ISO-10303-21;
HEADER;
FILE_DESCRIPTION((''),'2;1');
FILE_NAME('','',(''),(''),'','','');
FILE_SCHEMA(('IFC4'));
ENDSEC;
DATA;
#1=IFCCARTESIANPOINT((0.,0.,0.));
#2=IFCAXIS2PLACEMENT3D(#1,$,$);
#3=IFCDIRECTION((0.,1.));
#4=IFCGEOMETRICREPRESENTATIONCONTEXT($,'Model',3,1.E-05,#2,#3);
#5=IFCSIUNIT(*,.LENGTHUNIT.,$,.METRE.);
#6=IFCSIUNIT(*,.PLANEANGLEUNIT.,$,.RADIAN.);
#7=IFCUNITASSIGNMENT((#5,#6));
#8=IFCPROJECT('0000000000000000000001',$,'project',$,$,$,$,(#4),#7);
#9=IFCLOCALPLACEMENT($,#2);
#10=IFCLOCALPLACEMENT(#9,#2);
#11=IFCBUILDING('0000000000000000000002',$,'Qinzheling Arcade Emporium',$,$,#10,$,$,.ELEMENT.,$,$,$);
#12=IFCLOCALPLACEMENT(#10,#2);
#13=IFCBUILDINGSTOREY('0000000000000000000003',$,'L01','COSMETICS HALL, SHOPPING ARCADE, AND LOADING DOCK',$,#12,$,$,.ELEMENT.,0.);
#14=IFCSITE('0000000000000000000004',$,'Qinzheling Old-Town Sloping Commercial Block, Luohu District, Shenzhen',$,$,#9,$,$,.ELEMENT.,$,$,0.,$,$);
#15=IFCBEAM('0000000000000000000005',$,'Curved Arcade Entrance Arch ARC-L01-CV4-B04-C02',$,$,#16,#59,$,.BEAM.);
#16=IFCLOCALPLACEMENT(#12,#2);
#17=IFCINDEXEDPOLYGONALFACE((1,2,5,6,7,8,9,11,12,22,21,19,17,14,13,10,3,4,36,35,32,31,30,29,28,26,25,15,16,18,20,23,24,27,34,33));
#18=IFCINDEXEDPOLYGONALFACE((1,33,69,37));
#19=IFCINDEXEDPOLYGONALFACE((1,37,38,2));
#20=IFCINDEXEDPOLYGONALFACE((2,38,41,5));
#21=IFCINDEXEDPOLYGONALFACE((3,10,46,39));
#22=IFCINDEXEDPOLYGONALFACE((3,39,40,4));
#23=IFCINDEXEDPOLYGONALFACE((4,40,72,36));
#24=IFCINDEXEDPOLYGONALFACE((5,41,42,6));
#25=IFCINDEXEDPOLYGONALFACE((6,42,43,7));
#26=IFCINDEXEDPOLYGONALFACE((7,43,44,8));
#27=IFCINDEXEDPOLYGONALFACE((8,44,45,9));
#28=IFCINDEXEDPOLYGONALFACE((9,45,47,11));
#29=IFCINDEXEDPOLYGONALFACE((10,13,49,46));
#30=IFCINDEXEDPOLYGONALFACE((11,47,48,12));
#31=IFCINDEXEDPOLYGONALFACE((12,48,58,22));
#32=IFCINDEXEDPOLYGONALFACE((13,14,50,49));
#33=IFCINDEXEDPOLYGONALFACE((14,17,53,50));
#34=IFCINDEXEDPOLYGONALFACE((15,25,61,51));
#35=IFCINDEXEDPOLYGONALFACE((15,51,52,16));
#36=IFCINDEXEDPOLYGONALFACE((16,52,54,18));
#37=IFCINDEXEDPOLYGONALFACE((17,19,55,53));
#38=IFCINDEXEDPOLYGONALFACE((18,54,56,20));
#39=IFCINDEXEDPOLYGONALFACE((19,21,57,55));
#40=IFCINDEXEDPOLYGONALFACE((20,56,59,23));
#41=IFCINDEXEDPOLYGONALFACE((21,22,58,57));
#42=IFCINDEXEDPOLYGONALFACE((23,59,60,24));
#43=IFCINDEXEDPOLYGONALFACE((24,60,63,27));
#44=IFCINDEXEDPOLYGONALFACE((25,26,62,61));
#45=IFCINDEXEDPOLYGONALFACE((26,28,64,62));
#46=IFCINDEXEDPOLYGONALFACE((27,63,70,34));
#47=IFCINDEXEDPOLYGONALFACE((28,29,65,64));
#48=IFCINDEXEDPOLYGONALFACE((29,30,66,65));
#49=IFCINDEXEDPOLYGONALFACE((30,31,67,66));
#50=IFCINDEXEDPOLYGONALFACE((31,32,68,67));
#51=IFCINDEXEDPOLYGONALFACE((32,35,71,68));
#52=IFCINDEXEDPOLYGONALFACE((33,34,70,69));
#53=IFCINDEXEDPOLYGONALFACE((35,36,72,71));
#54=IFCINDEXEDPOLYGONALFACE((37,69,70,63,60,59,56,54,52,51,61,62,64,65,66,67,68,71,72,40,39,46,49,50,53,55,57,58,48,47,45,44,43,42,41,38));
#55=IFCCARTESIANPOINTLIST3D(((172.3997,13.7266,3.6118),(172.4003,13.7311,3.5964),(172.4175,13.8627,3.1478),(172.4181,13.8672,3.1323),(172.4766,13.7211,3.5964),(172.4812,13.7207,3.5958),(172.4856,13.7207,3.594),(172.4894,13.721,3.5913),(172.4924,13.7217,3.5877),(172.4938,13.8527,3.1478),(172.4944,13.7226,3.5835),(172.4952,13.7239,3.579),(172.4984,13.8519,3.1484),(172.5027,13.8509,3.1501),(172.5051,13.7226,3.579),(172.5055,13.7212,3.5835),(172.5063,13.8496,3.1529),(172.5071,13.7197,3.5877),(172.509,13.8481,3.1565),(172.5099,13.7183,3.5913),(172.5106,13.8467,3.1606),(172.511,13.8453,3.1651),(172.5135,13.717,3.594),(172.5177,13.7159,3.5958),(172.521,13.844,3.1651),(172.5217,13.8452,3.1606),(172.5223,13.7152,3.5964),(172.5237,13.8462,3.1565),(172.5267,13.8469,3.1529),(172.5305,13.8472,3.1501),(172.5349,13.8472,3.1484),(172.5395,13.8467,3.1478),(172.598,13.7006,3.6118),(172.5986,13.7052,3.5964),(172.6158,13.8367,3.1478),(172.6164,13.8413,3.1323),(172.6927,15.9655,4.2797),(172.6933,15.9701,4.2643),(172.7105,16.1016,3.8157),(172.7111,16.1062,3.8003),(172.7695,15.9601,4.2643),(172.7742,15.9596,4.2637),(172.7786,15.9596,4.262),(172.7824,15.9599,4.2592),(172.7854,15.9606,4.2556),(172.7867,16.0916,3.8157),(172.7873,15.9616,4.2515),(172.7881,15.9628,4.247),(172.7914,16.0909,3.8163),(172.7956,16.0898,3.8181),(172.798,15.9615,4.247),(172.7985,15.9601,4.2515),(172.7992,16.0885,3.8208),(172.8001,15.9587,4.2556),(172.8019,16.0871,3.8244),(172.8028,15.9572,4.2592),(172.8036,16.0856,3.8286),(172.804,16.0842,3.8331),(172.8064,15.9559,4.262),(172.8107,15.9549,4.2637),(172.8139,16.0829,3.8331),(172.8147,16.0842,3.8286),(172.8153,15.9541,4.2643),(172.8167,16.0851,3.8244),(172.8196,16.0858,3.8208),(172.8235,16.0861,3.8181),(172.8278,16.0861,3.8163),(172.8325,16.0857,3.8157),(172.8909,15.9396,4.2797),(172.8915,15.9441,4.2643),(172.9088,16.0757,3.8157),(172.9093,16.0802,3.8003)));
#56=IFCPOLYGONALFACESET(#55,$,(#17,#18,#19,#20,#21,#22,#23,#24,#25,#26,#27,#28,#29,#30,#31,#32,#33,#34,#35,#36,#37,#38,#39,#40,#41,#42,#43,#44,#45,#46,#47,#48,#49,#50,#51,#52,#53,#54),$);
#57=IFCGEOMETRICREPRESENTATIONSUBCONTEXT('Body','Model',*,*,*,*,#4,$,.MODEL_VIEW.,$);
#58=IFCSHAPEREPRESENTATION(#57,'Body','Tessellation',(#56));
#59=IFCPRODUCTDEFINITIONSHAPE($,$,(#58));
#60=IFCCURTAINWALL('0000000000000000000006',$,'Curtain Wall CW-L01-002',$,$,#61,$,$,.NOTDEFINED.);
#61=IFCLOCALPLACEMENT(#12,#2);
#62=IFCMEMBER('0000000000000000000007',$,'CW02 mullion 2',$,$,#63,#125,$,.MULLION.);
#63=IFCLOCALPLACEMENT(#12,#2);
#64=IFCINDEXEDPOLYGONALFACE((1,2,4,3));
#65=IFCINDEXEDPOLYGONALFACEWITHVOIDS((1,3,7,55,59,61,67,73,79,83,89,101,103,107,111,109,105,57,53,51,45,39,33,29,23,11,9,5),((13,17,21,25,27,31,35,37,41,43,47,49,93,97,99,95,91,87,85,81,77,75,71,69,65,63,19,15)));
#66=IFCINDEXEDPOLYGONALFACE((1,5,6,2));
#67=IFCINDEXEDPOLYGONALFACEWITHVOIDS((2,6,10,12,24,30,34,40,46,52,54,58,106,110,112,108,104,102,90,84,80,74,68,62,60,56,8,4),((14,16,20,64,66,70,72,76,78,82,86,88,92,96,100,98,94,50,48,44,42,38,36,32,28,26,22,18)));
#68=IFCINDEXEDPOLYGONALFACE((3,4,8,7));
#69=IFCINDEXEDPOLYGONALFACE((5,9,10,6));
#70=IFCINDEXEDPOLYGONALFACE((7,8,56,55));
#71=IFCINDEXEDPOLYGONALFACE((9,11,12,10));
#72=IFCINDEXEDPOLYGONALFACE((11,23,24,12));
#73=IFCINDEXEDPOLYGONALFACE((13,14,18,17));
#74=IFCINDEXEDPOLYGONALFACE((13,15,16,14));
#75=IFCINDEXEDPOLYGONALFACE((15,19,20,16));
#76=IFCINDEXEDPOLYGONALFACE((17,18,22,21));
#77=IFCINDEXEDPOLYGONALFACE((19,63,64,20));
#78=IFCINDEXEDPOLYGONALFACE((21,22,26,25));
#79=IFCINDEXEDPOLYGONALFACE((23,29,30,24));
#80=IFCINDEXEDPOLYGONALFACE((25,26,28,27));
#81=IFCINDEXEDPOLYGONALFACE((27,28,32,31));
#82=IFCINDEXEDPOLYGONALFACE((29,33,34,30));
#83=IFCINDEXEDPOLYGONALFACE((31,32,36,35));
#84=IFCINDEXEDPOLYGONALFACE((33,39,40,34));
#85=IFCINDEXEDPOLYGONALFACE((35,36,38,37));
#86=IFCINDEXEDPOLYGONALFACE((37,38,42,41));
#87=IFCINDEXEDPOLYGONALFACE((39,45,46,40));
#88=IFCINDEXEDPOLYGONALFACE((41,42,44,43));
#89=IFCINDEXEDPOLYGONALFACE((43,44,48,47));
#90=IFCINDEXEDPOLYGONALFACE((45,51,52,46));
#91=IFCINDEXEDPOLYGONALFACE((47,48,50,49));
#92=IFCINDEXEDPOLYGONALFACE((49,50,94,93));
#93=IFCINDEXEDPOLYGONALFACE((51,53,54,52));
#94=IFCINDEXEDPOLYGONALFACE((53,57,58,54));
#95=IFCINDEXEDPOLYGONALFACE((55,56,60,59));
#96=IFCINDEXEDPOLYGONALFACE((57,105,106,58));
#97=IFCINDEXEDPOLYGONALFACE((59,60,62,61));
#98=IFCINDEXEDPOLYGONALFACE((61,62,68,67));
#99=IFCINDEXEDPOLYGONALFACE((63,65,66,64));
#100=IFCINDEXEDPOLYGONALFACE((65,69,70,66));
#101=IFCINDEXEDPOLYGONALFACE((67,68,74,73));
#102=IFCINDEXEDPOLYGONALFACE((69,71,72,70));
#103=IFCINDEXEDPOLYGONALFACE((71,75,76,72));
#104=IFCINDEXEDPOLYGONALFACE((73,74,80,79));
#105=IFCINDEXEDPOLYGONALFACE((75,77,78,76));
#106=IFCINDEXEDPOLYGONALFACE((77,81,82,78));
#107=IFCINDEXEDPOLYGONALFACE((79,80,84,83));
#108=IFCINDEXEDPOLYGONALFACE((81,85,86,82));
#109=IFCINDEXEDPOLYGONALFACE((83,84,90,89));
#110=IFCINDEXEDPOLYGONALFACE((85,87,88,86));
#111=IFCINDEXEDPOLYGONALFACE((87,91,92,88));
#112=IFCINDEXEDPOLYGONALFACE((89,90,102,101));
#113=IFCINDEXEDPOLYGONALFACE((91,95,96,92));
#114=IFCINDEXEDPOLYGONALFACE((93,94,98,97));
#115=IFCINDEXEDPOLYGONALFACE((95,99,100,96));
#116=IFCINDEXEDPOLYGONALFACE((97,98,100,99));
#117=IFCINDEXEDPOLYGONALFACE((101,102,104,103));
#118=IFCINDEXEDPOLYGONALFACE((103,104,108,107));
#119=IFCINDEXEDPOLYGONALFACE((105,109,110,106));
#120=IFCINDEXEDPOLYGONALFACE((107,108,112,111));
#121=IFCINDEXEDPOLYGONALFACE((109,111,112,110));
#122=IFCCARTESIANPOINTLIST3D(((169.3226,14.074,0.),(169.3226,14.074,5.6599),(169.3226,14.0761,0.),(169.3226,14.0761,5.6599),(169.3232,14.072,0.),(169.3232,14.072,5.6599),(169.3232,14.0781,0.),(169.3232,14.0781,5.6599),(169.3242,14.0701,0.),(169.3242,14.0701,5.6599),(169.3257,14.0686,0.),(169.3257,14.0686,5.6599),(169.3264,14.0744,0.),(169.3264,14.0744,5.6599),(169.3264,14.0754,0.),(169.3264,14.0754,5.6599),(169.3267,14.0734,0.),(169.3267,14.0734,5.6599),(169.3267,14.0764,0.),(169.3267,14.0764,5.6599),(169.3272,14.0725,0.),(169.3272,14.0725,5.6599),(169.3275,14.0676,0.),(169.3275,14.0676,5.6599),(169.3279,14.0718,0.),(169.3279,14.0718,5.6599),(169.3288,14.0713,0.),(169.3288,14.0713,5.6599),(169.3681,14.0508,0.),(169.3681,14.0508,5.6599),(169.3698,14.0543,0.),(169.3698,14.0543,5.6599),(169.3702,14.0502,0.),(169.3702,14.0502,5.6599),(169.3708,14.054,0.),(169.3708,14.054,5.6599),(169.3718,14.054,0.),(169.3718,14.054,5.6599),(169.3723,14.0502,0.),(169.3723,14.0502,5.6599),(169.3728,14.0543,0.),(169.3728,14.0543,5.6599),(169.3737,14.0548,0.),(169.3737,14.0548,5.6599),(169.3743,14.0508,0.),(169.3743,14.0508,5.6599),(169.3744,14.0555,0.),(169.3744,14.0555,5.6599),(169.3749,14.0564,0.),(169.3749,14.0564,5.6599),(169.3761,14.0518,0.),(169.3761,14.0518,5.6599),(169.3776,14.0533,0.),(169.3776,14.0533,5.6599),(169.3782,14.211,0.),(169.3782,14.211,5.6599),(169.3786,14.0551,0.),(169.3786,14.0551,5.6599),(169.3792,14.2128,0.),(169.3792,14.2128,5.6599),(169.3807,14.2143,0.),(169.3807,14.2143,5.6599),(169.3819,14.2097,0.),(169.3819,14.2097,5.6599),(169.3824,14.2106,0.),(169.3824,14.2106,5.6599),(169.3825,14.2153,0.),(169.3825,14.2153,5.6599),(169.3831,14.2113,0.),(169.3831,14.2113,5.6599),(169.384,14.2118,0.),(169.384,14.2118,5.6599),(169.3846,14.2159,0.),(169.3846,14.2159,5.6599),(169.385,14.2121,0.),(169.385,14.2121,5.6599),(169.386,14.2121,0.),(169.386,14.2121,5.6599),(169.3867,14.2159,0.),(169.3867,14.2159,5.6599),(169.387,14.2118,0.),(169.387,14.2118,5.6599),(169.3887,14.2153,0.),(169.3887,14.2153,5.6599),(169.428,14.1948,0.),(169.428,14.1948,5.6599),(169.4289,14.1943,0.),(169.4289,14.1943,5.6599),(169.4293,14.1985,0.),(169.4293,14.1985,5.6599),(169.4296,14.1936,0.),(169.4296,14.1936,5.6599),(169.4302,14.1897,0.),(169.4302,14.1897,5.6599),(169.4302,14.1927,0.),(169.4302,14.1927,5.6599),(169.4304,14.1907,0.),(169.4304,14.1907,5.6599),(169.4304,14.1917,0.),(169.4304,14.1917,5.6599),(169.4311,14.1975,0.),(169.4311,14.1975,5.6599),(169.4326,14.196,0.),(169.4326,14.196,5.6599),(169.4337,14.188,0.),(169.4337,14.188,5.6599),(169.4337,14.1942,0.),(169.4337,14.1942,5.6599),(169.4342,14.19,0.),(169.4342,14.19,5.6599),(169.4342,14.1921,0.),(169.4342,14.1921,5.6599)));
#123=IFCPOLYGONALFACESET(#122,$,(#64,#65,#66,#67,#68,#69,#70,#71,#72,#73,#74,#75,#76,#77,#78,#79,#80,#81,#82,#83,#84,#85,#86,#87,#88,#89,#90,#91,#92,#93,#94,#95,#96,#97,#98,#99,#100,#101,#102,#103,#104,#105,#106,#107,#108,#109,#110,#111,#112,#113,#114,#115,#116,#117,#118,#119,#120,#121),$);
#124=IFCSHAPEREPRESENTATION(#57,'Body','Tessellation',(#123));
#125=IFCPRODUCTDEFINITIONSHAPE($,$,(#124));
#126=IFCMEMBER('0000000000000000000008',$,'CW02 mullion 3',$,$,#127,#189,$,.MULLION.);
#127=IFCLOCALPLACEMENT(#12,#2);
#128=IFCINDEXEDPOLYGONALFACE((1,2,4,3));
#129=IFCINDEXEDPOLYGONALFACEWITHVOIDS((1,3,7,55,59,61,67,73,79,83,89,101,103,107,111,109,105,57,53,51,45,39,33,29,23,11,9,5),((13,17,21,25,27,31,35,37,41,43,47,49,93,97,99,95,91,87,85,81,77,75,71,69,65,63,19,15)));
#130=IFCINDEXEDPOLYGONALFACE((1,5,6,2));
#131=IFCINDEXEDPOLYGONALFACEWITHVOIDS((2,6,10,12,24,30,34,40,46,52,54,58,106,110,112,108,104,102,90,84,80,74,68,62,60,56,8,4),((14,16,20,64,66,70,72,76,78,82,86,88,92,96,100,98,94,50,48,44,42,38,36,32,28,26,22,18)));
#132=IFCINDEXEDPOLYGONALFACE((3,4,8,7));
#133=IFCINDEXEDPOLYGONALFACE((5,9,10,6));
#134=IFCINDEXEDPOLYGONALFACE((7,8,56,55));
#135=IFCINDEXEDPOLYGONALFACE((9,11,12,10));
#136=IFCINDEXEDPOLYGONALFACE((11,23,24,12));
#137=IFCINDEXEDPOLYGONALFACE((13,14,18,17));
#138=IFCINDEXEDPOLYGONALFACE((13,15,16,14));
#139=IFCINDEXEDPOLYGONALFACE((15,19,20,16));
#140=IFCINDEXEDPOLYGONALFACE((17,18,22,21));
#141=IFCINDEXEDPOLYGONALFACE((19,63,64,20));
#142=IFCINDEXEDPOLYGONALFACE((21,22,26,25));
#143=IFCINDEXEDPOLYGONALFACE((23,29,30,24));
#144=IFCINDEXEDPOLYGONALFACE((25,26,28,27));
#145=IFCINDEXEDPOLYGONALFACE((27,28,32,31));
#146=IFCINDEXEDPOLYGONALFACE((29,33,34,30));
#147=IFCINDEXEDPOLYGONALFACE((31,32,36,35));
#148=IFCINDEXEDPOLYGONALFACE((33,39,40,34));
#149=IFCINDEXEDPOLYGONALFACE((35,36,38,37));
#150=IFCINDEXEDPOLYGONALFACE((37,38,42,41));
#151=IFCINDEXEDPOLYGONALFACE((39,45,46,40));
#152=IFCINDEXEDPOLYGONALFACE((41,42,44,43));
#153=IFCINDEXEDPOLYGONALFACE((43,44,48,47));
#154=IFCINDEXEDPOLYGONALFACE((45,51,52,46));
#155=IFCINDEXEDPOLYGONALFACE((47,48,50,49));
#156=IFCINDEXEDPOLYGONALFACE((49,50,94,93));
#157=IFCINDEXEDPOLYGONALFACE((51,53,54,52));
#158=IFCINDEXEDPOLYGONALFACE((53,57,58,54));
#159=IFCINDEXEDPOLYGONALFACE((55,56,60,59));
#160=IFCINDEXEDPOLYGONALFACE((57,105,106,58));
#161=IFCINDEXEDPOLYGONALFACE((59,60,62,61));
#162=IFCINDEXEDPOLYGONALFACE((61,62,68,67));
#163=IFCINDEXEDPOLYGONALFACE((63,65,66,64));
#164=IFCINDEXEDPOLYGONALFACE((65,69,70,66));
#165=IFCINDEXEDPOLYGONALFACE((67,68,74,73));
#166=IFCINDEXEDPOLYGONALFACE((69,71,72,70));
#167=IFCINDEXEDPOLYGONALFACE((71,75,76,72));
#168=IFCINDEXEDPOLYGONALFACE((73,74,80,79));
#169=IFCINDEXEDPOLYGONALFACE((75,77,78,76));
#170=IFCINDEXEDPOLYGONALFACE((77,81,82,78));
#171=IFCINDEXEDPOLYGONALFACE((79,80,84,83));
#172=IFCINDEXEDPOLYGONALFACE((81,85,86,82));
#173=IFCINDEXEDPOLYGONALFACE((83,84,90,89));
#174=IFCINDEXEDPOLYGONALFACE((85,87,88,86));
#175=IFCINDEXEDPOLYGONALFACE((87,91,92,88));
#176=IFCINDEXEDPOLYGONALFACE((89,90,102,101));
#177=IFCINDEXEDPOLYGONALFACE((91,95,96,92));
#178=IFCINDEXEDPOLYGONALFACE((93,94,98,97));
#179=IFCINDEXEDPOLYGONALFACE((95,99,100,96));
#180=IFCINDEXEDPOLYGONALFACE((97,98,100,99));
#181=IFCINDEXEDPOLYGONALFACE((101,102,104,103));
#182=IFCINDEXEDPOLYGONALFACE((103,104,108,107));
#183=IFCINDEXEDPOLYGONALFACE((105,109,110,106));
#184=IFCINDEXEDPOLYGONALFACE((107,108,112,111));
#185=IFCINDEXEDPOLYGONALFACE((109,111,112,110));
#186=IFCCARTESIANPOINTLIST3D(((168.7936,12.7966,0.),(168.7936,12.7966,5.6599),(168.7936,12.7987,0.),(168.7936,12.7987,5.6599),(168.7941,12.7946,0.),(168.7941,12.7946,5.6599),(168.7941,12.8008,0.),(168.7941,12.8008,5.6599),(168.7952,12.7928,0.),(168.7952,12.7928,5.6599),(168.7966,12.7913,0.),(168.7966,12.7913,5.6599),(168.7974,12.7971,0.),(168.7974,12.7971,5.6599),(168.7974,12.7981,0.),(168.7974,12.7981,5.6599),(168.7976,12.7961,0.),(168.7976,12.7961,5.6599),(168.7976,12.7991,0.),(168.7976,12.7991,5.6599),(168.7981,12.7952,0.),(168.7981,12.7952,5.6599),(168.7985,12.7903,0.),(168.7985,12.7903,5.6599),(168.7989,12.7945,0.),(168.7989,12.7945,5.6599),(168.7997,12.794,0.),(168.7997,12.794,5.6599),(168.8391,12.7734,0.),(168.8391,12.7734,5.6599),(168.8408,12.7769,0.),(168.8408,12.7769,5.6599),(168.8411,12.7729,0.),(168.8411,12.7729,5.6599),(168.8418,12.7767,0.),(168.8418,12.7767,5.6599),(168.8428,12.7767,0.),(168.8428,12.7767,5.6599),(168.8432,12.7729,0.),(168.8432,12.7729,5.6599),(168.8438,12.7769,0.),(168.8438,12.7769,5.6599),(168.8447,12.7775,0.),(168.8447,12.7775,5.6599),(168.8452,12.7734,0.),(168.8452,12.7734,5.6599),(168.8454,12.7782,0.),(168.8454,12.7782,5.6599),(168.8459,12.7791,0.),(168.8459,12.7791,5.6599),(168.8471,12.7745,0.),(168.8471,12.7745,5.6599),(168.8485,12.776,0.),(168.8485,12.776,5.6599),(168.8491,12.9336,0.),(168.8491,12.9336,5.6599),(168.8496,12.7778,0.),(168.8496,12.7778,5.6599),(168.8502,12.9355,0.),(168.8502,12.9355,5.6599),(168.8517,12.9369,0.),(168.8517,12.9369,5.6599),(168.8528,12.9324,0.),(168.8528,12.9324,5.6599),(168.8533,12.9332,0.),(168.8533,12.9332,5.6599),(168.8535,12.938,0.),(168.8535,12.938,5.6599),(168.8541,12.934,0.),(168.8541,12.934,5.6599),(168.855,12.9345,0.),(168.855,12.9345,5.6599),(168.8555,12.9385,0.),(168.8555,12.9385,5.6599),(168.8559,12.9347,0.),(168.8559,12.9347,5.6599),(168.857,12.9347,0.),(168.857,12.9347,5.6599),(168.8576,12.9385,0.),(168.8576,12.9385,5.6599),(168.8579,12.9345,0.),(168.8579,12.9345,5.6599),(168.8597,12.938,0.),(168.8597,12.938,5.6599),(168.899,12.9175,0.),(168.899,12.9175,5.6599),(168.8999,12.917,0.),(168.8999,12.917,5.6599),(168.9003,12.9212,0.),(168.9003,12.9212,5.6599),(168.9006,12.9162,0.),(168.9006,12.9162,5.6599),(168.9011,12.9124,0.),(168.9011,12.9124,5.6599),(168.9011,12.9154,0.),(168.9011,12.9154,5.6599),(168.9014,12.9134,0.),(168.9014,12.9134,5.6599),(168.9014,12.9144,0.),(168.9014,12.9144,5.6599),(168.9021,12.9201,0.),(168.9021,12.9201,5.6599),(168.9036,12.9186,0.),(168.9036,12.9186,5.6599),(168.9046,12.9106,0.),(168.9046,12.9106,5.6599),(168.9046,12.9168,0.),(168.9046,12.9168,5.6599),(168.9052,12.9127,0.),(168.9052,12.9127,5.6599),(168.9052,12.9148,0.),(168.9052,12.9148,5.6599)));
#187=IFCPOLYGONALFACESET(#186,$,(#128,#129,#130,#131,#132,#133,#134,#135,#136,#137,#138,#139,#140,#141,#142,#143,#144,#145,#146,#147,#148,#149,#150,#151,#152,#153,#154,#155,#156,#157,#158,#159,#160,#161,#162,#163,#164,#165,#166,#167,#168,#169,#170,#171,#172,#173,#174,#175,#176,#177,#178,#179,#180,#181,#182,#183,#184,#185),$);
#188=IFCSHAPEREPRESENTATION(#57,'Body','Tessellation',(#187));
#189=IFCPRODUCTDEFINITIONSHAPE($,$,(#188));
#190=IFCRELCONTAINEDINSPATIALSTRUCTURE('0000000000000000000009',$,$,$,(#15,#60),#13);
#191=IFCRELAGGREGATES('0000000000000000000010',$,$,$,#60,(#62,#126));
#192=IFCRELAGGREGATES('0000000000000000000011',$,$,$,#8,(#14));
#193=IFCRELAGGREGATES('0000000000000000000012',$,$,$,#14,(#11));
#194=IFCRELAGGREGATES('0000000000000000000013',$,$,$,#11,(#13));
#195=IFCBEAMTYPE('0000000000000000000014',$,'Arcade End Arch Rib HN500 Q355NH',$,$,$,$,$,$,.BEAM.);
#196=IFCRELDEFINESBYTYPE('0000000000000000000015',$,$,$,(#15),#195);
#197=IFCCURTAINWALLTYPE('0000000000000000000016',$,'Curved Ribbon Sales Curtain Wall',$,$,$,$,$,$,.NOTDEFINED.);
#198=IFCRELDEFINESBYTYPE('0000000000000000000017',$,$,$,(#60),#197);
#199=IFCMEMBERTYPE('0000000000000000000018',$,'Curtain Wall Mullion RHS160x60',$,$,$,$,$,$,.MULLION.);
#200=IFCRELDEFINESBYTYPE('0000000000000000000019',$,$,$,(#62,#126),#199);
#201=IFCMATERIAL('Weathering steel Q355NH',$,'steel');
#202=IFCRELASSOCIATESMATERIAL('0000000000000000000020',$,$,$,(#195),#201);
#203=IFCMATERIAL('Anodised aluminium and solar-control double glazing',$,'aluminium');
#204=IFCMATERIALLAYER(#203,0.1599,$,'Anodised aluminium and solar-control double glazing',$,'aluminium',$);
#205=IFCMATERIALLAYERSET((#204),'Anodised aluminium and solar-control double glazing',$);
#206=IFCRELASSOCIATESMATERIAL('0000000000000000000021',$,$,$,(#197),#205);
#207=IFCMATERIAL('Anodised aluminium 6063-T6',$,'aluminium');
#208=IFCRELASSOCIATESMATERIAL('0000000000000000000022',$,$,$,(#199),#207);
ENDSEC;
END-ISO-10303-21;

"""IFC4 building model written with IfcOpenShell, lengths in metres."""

from ifc_helpers import new_model, si_unit, direction, frame, origin, origin_2d, place, context, subcontext, project, spatial, hollow_rectangle, i_section, extrude, material, layer, layer_set, material_profile, profile_set, type_object, element, aggregate, save


model = new_model("IFC4")

# Units and contexts
model_context = context("Model", 3, precision=1e-05, world=origin(), true_north=direction((0.0, 1.0)))
body_context = subcontext(model_context, "Body", "Model", "MODEL_VIEW")
ifc_project = project(units=[si_unit("LENGTHUNIT", "METRE"), si_unit("PLANEANGLEUNIT", "RADIAN")], contexts=[model_context])

# Site, building, storey
site_placement = place(None, origin())
site = spatial("IfcSite", under=ifc_project, at=site_placement, Name="Qinzheling Old-Town Sloping Commercial Block, Luohu District, Shenzhen", CompositionType="ELEMENT", RefElevation=0.0)
building_placement = place(site_placement, origin())
building = spatial("IfcBuilding", under=site, at=building_placement, Name="Qinzheling Arcade Emporium", CompositionType="ELEMENT")
storey_placement = place(building_placement, origin())
storey = spatial("IfcBuildingStorey", under=building, at=storey_placement, Name="L01", Description="COSMETICS HALL, SHOPPING ARCADE, AND LOADING DOCK", CompositionType="ELEMENT", Elevation=0.0)

# Beam
ifc_material_1 = material(Name="Weathering steel Q355NH", Category="steel")
ifc_material_profile_1 = material_profile(ifc_material_1, i_section(OverallWidth=0.2, OverallDepth=0.5, WebThickness=0.01, FlangeThickness=0.0161, FilletRadius=0.0181, at=origin_2d()), Name="HN 500x200x10x16", Category="steel")
ifc_profile_set_1 = profile_set([ifc_material_profile_1], Name="Weathering steel Q355NH")
beam_type_1 = type_object("IfcBeamType", Name="Arcade End Arch Rib HN500 Q355NH", PredefinedType="BEAM", material=ifc_profile_set_1)
beam_1_placement = place(storey_placement, frame((172.5081, 13.7839, 3.3721), z_axis=(0.124412, 0.95082, 0.28366), x_axis=(-0.991548, 0.129741, 0.0)))
element("IfcBeam", 1, at=beam_1_placement, inside=storey, type_object=beam_type_1, Name="Curved Arcade Entrance Arch ARC-L01-CV4-B04-C02", PredefinedType="BEAM", context=body_context, shape_type="SweptSolid", body=[
    extrude(i_section(OverallWidth=0.2, OverallDepth=0.5, WebThickness=0.01, FlangeThickness=0.0161, FilletRadius=0.0181, at=origin_2d()), origin(), (0.0, 0.0, 1.0), 2.3547),
])

# Curtain wall, members
ifc_material_2 = material(Name="Anodised aluminium and solar-control double glazing", Category="aluminium")
ifc_layer_1 = layer(ifc_material_2, 0.1599, Name="Anodised aluminium and solar-control double glazing", Category="aluminium")
ifc_layer_set_1 = layer_set([ifc_layer_1], Name="Anodised aluminium and solar-control double glazing")
curtain_wall_type = type_object("IfcCurtainWallType", Name="Curved Ribbon Sales Curtain Wall", PredefinedType="NOTDEFINED", material=ifc_layer_set_1)
curtain_wall_1_placement = place(storey_placement, origin())
curtain_wall_1 = element("IfcCurtainWall", 2, at=curtain_wall_1_placement, inside=storey, type_object=curtain_wall_type, Name="Curtain Wall CW-L01-002", PredefinedType="NOTDEFINED")
ifc_material_3 = material(Name="Anodised aluminium 6063-T6", Category="aluminium")
ifc_material_profile_2 = material_profile(ifc_material_3, hollow_rectangle(XDim=0.0601, YDim=0.1599, WallThickness=0.0039, InnerFilletRadius=0.0039, OuterFilletRadius=0.0081, at=origin_2d()), Name="RHS 160x60x4", Category="aluminium")
ifc_profile_set_2 = profile_set([ifc_material_profile_2], Name="Anodised aluminium 6063-T6")
member_type_1 = type_object("IfcMemberType", Name="Curtain Wall Mullion RHS160x60", PredefinedType="MULLION", material=ifc_profile_set_2)
member_1_placement = place(storey_placement, frame((169.3784, 14.1331, 0.0), z_axis=(0.0, 0.0, 1.0), x_axis=(0.923892, -0.382654, 0.0)))
member_1 = element("IfcMember", 3, at=member_1_placement, type_object=member_type_1, Name="CW02 mullion 2", PredefinedType="MULLION", context=body_context, shape_type="SweptSolid", body=[
    extrude(hollow_rectangle(XDim=0.0601, YDim=0.1599, WallThickness=0.0039, InnerFilletRadius=0.0039, OuterFilletRadius=0.0081, at=origin_2d()), origin(), (0.0, 0.0, 1.0), 5.6599),
])
member_2_placement = place(storey_placement, frame((168.8494, 12.8557, 0.0), z_axis=(0.0, 0.0, 1.0), x_axis=(0.923892, -0.382654, 0.0)))
member_2 = element("IfcMember", 4, at=member_2_placement, type_object=member_type_1, Name="CW02 mullion 3", PredefinedType="MULLION", context=body_context, shape_type="SweptSolid", body=[
    extrude(hollow_rectangle(XDim=0.0601, YDim=0.1599, WallThickness=0.0039, InnerFilletRadius=0.0039, OuterFilletRadius=0.0081, at=origin_2d()), origin(), (0.0, 0.0, 1.0), 5.6599),
])

aggregate(curtain_wall_1, [member_1, member_2])

save(model, "model.ifc")
